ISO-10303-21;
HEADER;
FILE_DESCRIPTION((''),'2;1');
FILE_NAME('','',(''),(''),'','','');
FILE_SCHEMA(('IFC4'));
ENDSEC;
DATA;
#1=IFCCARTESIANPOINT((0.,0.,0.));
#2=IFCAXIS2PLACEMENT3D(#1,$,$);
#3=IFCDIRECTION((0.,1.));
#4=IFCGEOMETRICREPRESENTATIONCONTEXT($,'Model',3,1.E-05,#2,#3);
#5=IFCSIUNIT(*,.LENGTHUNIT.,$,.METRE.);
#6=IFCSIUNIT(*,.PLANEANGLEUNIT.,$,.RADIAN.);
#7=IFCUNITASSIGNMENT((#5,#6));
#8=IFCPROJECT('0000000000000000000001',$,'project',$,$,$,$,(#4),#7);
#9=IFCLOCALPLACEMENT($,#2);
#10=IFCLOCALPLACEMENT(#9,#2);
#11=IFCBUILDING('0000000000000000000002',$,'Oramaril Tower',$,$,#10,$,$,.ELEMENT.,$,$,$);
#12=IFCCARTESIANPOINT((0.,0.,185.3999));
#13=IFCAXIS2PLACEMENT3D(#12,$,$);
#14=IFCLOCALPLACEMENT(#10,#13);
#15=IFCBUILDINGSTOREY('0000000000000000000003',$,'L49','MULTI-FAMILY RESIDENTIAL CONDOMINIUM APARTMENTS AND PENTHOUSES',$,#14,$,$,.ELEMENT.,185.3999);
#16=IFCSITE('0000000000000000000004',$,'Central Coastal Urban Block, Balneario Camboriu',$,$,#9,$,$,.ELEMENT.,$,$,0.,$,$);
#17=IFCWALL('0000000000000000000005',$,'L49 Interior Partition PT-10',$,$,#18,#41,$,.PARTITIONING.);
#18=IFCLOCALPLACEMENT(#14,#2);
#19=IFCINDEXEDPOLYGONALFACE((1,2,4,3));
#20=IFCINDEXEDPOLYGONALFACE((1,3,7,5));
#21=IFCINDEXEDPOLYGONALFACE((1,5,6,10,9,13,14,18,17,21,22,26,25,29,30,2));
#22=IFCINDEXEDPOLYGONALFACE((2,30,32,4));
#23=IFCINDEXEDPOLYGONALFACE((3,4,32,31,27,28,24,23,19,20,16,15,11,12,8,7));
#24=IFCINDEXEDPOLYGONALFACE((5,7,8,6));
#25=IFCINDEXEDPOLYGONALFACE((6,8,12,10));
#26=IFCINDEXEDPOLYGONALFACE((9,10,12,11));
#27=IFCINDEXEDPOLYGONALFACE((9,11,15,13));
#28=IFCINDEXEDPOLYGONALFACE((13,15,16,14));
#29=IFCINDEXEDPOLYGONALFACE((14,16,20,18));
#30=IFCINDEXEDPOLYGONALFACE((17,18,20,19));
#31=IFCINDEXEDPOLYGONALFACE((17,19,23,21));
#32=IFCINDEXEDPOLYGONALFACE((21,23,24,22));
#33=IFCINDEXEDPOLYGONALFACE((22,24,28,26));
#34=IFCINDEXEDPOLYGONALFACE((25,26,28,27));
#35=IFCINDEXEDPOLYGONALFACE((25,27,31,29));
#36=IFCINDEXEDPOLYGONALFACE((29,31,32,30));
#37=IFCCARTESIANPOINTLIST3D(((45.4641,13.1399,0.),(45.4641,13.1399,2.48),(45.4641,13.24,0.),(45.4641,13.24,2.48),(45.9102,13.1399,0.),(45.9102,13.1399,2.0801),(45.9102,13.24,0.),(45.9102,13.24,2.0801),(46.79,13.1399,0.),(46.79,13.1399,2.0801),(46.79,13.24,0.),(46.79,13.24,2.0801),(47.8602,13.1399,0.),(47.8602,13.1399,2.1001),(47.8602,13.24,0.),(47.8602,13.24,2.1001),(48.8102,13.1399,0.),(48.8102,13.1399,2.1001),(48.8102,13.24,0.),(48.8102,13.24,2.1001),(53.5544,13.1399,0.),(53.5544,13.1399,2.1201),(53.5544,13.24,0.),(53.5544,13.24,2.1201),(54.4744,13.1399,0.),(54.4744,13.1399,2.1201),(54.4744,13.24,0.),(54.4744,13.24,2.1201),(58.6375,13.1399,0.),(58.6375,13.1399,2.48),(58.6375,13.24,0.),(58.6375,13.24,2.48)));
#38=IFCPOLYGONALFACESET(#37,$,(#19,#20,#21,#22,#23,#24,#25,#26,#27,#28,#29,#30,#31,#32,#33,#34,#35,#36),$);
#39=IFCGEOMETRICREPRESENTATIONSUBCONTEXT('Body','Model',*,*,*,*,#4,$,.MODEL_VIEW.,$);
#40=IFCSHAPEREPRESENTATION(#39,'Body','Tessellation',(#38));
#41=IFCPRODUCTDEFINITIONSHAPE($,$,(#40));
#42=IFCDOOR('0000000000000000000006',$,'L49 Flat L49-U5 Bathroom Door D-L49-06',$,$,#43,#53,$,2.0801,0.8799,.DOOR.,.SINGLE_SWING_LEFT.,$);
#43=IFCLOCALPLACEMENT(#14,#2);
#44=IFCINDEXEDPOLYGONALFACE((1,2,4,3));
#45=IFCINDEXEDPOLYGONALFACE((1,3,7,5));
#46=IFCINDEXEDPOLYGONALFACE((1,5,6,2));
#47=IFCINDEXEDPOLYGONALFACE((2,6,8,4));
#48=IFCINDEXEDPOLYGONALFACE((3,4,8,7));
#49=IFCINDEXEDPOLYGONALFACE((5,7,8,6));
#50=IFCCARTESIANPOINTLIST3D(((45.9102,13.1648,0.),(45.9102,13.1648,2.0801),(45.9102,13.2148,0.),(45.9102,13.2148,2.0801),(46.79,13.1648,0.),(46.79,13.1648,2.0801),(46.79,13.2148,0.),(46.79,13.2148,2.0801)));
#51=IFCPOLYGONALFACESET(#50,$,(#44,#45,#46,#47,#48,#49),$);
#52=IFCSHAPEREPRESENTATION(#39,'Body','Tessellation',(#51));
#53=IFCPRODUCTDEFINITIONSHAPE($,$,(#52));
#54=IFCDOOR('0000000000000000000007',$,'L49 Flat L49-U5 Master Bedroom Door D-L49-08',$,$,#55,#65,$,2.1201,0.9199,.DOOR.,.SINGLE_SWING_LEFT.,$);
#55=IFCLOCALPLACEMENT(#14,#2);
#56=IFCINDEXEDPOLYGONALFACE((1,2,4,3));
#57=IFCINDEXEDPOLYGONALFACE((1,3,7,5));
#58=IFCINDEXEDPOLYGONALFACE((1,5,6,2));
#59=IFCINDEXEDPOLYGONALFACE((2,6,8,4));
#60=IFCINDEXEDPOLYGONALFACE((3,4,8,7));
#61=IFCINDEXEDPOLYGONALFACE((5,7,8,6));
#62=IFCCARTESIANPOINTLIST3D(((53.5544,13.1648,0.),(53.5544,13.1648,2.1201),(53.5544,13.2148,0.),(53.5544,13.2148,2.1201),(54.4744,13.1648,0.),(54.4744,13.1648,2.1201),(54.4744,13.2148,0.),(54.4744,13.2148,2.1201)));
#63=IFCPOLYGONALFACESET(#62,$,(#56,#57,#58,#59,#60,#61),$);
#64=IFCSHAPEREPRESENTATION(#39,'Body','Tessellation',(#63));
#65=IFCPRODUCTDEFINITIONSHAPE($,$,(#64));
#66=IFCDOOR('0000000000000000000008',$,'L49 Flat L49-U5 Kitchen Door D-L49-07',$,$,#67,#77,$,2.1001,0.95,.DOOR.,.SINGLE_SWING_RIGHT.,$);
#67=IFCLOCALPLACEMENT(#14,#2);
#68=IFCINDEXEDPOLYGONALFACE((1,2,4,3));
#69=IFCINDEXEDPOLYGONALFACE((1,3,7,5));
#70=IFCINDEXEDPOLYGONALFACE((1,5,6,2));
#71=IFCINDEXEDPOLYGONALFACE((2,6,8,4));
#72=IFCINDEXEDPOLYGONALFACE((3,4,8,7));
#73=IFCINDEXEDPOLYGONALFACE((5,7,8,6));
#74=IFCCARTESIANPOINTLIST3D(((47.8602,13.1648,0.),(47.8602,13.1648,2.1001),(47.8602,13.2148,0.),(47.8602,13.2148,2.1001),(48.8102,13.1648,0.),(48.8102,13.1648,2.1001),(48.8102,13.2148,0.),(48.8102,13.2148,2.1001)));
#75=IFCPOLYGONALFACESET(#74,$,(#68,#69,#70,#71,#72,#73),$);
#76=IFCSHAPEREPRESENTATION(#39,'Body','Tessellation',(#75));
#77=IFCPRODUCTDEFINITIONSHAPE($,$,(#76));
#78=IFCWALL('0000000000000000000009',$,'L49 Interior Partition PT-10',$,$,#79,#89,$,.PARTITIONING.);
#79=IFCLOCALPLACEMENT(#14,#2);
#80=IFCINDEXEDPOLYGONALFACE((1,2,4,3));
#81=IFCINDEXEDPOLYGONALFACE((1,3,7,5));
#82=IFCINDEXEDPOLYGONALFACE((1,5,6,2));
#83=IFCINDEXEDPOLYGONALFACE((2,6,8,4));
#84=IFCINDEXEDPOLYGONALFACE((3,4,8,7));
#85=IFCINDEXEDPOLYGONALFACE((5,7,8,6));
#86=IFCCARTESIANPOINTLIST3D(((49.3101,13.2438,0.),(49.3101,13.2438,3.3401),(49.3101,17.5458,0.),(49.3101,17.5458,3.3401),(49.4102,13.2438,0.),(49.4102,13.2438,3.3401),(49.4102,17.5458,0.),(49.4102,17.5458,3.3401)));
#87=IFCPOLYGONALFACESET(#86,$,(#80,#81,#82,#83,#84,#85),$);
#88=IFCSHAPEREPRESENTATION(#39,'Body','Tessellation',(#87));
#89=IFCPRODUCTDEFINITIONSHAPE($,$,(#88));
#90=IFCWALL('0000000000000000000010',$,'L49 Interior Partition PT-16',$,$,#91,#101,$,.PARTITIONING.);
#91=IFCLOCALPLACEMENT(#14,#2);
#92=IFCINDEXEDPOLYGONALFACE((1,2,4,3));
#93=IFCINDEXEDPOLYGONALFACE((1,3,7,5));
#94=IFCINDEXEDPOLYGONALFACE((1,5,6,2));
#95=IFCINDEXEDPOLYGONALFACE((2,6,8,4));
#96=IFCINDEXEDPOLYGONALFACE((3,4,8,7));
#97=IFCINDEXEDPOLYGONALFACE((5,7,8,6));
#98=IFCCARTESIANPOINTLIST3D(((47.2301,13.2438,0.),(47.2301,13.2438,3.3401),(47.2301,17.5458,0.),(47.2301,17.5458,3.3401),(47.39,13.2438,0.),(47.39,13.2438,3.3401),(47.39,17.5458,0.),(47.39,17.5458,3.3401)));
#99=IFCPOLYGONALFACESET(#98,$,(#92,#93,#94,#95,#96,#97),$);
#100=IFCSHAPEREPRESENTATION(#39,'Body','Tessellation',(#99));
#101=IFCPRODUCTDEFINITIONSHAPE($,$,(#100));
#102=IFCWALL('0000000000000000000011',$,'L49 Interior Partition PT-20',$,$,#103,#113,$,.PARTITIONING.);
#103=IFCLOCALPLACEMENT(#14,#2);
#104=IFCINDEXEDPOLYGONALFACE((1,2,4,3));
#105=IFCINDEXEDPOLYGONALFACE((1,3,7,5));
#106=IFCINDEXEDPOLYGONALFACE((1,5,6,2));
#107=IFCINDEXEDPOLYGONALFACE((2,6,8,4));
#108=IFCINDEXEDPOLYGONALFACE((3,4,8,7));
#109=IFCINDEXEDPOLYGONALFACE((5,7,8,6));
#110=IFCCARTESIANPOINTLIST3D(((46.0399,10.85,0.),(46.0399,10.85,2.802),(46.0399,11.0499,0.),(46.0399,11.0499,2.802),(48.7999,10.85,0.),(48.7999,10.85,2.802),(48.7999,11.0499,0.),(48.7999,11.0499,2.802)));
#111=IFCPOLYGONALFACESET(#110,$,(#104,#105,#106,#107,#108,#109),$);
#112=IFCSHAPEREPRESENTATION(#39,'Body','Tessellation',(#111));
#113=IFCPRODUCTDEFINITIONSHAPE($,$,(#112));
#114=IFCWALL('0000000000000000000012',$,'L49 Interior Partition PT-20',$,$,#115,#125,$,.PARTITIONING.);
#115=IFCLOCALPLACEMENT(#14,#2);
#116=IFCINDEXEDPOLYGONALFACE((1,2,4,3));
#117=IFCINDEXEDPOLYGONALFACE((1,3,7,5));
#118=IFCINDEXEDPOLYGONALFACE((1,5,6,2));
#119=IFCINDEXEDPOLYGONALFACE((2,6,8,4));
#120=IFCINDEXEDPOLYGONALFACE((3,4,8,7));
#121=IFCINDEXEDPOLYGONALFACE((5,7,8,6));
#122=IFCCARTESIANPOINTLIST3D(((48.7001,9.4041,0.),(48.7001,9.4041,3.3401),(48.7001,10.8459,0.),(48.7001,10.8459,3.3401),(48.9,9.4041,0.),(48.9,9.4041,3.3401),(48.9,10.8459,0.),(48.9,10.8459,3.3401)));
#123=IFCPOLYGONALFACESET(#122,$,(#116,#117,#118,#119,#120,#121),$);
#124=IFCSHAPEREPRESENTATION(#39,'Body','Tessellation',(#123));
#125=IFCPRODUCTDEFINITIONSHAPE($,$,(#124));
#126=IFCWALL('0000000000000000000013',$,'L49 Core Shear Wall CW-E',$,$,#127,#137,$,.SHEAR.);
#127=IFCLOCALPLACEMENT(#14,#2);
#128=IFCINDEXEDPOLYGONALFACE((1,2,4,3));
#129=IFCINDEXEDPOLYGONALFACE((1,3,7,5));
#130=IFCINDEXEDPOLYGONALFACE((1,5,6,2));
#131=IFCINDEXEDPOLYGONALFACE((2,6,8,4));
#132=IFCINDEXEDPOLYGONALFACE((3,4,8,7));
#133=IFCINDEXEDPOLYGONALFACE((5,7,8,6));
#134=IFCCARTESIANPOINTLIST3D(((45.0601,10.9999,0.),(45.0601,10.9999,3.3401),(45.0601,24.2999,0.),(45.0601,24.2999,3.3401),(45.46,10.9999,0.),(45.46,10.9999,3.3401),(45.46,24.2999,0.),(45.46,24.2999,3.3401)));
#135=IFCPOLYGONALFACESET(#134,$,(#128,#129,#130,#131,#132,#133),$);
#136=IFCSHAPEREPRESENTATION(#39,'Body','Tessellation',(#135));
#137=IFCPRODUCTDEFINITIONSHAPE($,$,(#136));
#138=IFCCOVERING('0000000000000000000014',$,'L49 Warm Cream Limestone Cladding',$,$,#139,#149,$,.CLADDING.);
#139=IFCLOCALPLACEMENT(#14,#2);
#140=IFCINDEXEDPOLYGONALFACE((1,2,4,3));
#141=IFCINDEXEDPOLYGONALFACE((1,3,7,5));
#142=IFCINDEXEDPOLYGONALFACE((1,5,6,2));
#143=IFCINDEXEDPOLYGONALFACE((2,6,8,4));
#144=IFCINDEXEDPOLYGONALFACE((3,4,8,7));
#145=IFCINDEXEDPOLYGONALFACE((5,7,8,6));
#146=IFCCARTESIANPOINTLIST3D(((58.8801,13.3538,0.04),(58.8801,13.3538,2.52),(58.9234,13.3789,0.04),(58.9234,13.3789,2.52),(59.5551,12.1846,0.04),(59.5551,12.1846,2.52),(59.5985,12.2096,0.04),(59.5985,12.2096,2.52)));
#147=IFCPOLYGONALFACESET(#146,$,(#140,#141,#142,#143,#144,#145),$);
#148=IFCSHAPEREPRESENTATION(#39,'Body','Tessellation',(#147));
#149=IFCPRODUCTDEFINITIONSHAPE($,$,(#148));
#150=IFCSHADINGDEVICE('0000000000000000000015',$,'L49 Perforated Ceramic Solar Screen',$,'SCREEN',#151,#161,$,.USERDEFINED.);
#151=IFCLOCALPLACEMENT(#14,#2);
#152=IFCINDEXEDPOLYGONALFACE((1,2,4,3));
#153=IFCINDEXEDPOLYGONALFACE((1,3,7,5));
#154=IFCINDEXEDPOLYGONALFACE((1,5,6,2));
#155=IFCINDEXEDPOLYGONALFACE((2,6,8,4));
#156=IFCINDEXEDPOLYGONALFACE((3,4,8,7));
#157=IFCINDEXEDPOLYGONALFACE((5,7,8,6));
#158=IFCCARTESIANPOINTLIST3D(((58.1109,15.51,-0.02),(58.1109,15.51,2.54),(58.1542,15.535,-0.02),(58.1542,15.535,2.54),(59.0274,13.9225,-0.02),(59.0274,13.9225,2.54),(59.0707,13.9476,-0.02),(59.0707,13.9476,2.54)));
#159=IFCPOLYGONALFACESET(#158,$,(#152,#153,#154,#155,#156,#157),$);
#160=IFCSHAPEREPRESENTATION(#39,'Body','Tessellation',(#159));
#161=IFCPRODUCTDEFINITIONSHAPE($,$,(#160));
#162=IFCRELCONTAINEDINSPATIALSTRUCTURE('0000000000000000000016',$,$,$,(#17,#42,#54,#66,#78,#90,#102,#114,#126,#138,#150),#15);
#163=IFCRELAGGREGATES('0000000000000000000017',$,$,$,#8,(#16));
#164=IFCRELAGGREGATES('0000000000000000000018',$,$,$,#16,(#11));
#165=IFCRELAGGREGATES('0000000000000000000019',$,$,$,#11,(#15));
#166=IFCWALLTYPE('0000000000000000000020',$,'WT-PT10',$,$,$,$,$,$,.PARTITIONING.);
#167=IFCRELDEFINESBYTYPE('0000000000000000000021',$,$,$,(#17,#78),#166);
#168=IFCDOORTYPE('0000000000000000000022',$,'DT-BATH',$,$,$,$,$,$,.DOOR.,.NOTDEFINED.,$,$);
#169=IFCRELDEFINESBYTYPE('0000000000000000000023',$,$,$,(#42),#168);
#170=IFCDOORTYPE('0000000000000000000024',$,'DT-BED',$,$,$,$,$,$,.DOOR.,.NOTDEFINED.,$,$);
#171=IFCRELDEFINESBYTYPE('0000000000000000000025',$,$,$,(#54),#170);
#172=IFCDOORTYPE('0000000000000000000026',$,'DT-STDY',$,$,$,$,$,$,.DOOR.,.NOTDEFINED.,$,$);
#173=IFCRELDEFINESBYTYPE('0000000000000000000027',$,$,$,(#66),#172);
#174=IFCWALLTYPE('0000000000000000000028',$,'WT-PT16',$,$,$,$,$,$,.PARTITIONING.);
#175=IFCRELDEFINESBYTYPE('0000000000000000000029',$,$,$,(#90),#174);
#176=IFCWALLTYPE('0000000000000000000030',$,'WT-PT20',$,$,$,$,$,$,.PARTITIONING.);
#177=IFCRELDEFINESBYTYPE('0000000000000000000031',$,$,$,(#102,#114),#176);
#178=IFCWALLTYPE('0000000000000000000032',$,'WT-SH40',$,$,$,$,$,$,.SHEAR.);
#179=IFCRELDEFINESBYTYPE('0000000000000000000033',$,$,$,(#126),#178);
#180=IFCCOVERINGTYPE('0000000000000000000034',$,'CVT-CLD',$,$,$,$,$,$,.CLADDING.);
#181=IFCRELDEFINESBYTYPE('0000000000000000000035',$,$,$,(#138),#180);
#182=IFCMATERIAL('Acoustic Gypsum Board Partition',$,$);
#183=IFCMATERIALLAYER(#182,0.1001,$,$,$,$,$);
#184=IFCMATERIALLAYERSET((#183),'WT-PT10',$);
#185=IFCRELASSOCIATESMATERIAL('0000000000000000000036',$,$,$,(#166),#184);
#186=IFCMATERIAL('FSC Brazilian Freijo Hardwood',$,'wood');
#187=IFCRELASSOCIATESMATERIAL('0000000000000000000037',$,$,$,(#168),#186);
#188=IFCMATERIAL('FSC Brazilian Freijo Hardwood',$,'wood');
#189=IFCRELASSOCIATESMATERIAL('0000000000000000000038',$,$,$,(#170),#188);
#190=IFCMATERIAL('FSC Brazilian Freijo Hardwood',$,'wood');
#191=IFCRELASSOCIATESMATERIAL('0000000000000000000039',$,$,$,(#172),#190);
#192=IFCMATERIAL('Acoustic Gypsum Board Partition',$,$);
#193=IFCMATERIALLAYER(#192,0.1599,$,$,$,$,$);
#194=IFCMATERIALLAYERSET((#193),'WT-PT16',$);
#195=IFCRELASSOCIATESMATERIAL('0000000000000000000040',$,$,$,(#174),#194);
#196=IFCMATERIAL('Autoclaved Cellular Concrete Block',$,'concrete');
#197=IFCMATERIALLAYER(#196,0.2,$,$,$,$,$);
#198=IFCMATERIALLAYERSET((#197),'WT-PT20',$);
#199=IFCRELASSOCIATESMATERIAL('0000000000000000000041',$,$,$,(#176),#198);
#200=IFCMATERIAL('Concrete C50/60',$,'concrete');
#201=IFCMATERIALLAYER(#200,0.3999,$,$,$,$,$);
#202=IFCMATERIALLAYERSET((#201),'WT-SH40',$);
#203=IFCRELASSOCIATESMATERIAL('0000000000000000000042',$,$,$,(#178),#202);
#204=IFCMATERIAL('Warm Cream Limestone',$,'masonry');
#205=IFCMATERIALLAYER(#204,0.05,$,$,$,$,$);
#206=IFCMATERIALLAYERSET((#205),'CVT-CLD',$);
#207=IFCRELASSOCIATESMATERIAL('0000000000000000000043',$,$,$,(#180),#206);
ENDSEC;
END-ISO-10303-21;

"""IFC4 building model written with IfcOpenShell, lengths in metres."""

from ifc_helpers import new_model, si_unit, direction, frame, frame_2d, origin, origin_2d, place, context, subcontext, project, spatial, rectangle, extrude, material, layer, layer_set, type_object, element, fill, save


model = new_model("IFC4")

# Units and contexts
model_context = context("Model", 3, precision=1e-05, world=origin(), true_north=direction((0.0, 1.0)))
body_context = subcontext(model_context, "Body", "Model", "MODEL_VIEW")
ifc_project = project(units=[si_unit("LENGTHUNIT", "METRE"), si_unit("PLANEANGLEUNIT", "RADIAN")], contexts=[model_context])

# Site, building, storey
site_placement = place(None, origin())
site = spatial("IfcSite", under=ifc_project, at=site_placement, Name="Central Coastal Urban Block, Balneario Camboriu", CompositionType="ELEMENT", RefElevation=0.0)
building_placement = place(site_placement, origin())
building = spatial("IfcBuilding", under=site, at=building_placement, Name="Oramaril Tower", CompositionType="ELEMENT")
storey_placement = place(building_placement, frame((0.0, 0.0, 185.3999)))
storey = spatial("IfcBuildingStorey", under=building, at=storey_placement, Name="L49", Description="MULTI-FAMILY RESIDENTIAL CONDOMINIUM APARTMENTS AND PENTHOUSES", CompositionType="ELEMENT", Elevation=185.3999)

# Wall, openings, doors
ifc_material_1 = material(Name="Acoustic Gypsum Board Partition")
ifc_layer_1 = layer(ifc_material_1, 0.1001)
ifc_layer_set_1 = layer_set([ifc_layer_1], Name="WT-PT10")
wall_type_1 = type_object("IfcWallType", Name="WT-PT10", PredefinedType="PARTITIONING", material=ifc_layer_set_1)
wall_1_placement = place(storey_placement, frame((45.4641, 13.1899, 0.0), z_axis=(0.0, 0.0, 1.0), x_axis=(1.0, 0.0, 0.0)))
wall_1 = element("IfcWall", 1, at=wall_1_placement, inside=storey, type_object=wall_type_1, Name="L49 Interior Partition PT-10", PredefinedType="PARTITIONING", context=body_context, shape_type="SweptSolid", body=[
    extrude(rectangle(XDim=13.1733, YDim=0.1001, at=frame_2d((6.5867, 0.0))), origin(), (0.0, 0.0, 1.0), 2.48),
])
opening_1_placement = place(wall_1_placement, frame((0.446, 0.0, 0.0)))
opening_1 = element("IfcOpeningElement", 2, at=opening_1_placement, cuts=wall_1, PredefinedType="OPENING", context=body_context, shape_type="SweptSolid", body=[
    extrude(rectangle(XDim=0.8799, YDim=2.0801, at=frame_2d((0.4399, 1.04))), frame((0.0, 0.05, 0.0), z_axis=(0.0, -1.0, 0.0), x_axis=(1.0, 0.0, 0.0)), (0.0, 0.0, 1.0), 0.1001),
])
opening_2_placement = place(wall_1_placement, frame((2.396, 0.0, 0.0)))
opening_2 = element("IfcOpeningElement", 3, at=opening_2_placement, cuts=wall_1, PredefinedType="OPENING", context=body_context, shape_type="SweptSolid", body=[
    extrude(rectangle(XDim=0.95, YDim=2.1001, at=frame_2d((0.4751, 1.05))), frame((0.0, 0.05, 0.0), z_axis=(0.0, -1.0, 0.0), x_axis=(1.0, 0.0, 0.0)), (0.0, 0.0, 1.0), 0.1001),
])
opening_3_placement = place(wall_1_placement, frame((8.0903, 0.0, 0.0)))
opening_3 = element("IfcOpeningElement", 4, at=opening_3_placement, cuts=wall_1, PredefinedType="OPENING", context=body_context, shape_type="SweptSolid", body=[
    extrude(rectangle(XDim=0.9199, YDim=2.1201, at=frame_2d((0.46, 1.0601))), frame((0.0, 0.05, 0.0), z_axis=(0.0, -1.0, 0.0), x_axis=(1.0, 0.0, 0.0)), (0.0, 0.0, 1.0), 0.1001),
])
ifc_material_2 = material(Name="FSC Brazilian Freijo Hardwood", Category="wood")
door_type_1 = type_object("IfcDoorType", Name="DT-BATH", OperationType="NOTDEFINED", PredefinedType="DOOR", material=ifc_material_2)
door_1_placement = place(opening_1_placement, origin())
door_1 = element("IfcDoor", 5, at=door_1_placement, inside=storey, type_object=door_type_1, Name="L49 Flat L49-U5 Bathroom Door D-L49-06", OperationType="SINGLE_SWING_LEFT", OverallHeight=2.0801, OverallWidth=0.8799, PredefinedType="DOOR", context=body_context, shape_type="SweptSolid", body=[
    extrude(rectangle(XDim=0.8799, YDim=2.0801, at=frame_2d((0.4399, 1.04))), frame((0.0, 0.0249, 0.0), z_axis=(0.0, -1.0, 0.0), x_axis=(1.0, 0.0, 0.0)), (0.0, 0.0, 1.0), 0.05),
])
fill(opening_1, door_1)
ifc_material_3 = material(Name="FSC Brazilian Freijo Hardwood", Category="wood")
door_type_2 = type_object("IfcDoorType", Name="DT-BED", OperationType="NOTDEFINED", PredefinedType="DOOR", material=ifc_material_3)
door_2_placement = place(opening_3_placement, origin())
door_2 = element("IfcDoor", 6, at=door_2_placement, inside=storey, type_object=door_type_2, Name="L49 Flat L49-U5 Master Bedroom Door D-L49-08", OperationType="SINGLE_SWING_LEFT", OverallHeight=2.1201, OverallWidth=0.9199, PredefinedType="DOOR", context=body_context, shape_type="SweptSolid", body=[
    extrude(rectangle(XDim=0.9199, YDim=2.1201, at=frame_2d((0.46, 1.0601))), frame((0.0, 0.0249, 0.0), z_axis=(0.0, -1.0, 0.0), x_axis=(1.0, 0.0, 0.0)), (0.0, 0.0, 1.0), 0.05),
])
fill(opening_3, door_2)
ifc_material_4 = material(Name="FSC Brazilian Freijo Hardwood", Category="wood")
door_type_3 = type_object("IfcDoorType", Name="DT-STDY", OperationType="NOTDEFINED", PredefinedType="DOOR", material=ifc_material_4)
door_3_placement = place(opening_2_placement, origin())
door_3 = element("IfcDoor", 7, at=door_3_placement, inside=storey, type_object=door_type_3, Name="L49 Flat L49-U5 Kitchen Door D-L49-07", OperationType="SINGLE_SWING_RIGHT", OverallHeight=2.1001, OverallWidth=0.95, PredefinedType="DOOR", context=body_context, shape_type="SweptSolid", body=[
    extrude(rectangle(XDim=0.95, YDim=2.1001, at=frame_2d((0.4751, 1.05))), frame((0.0, 0.0249, 0.0), z_axis=(0.0, -1.0, 0.0), x_axis=(1.0, 0.0, 0.0)), (0.0, 0.0, 1.0), 0.05),
])
fill(opening_2, door_3)

# Walls
wall_2_placement = place(storey_placement, frame((49.3601, 13.2439, 0.0), z_axis=(0.0, 0.0, 1.0), x_axis=(0.0, 1.0, 0.0)))
element("IfcWall", 8, at=wall_2_placement, inside=storey, type_object=wall_type_1, Name="L49 Interior Partition PT-10", PredefinedType="PARTITIONING", context=body_context, shape_type="SweptSolid", body=[
    extrude(rectangle(XDim=4.302, YDim=0.1001, at=frame_2d((2.1509, 0.0))), origin(), (0.0, 0.0, 1.0), 3.3401),
])
ifc_material_5 = material(Name="Acoustic Gypsum Board Partition")
ifc_layer_2 = layer(ifc_material_5, 0.1599)
ifc_layer_set_2 = layer_set([ifc_layer_2], Name="WT-PT16")
wall_type_2 = type_object("IfcWallType", Name="WT-PT16", PredefinedType="PARTITIONING", material=ifc_layer_set_2)
wall_3_placement = place(storey_placement, frame((47.3101, 13.2439, 0.0), z_axis=(0.0, 0.0, 1.0), x_axis=(0.0, 1.0, 0.0)))
element("IfcWall", 9, at=wall_3_placement, inside=storey, type_object=wall_type_2, Name="L49 Interior Partition PT-16", PredefinedType="PARTITIONING", context=body_context, shape_type="SweptSolid", body=[
    extrude(rectangle(XDim=4.302, YDim=0.1599, at=frame_2d((2.1509, 0.0))), origin(), (0.0, 0.0, 1.0), 3.3401),
])
ifc_material_6 = material(Name="Autoclaved Cellular Concrete Block", Category="concrete")
ifc_layer_3 = layer(ifc_material_6, 0.2)
ifc_layer_set_3 = layer_set([ifc_layer_3], Name="WT-PT20")
wall_type_3 = type_object("IfcWallType", Name="WT-PT20", PredefinedType="PARTITIONING", material=ifc_layer_set_3)
wall_4_placement = place(storey_placement, frame((46.04, 10.95, 0.0), z_axis=(0.0, 0.0, 1.0), x_axis=(1.0, 0.0, 0.0)))
element("IfcWall", 10, at=wall_4_placement, inside=storey, type_object=wall_type_3, Name="L49 Interior Partition PT-20", PredefinedType="PARTITIONING", context=body_context, shape_type="SweptSolid", body=[
    extrude(rectangle(XDim=2.76, YDim=0.2, at=frame_2d((1.3799, 0.0))), origin(), (0.0, 0.0, 1.0), 2.802),
])
wall_5_placement = place(storey_placement, frame((48.8, 9.4041, 0.0), z_axis=(0.0, 0.0, 1.0), x_axis=(0.0, 1.0, 0.0)))
element("IfcWall", 11, at=wall_5_placement, inside=storey, type_object=wall_type_3, Name="L49 Interior Partition PT-20", PredefinedType="PARTITIONING", context=body_context, shape_type="SweptSolid", body=[
    extrude(rectangle(XDim=1.4419, YDim=0.2, at=frame_2d((0.7209, 0.0))), origin(), (0.0, 0.0, 1.0), 3.3401),
])
ifc_material_7 = material(Name="Concrete C50/60", Category="concrete")
ifc_layer_4 = layer(ifc_material_7, 0.3999)
ifc_layer_set_4 = layer_set([ifc_layer_4], Name="WT-SH40")
wall_type_4 = type_object("IfcWallType", Name="WT-SH40", PredefinedType="SHEAR", material=ifc_layer_set_4)
wall_6_placement = place(storey_placement, frame((45.26, 11.0, 0.0), z_axis=(0.0, 0.0, 1.0), x_axis=(0.0, 1.0, 0.0)))
element("IfcWall", 12, at=wall_6_placement, inside=storey, type_object=wall_type_4, Name="L49 Core Shear Wall CW-E", PredefinedType="SHEAR", context=body_context, shape_type="SweptSolid", body=[
    extrude(rectangle(XDim=13.3, YDim=0.3999, at=frame_2d((6.6499, 0.0))), origin(), (0.0, 0.0, 1.0), 3.3401),
])

# Covering
ifc_material_8 = material(Name="Warm Cream Limestone", Category="masonry")
ifc_layer_5 = layer(ifc_material_8, 0.05)
ifc_layer_set_5 = layer_set([ifc_layer_5], Name="CVT-CLD")
covering_type = type_object("IfcCoveringType", Name="CVT-CLD", PredefinedType="CLADDING", material=ifc_layer_set_5)
covering_placement = place(storey_placement, frame((59.2393, 12.7817, 0.04), z_axis=(0.0, 0.0, 1.0), x_axis=(-0.5, 0.866025, 0.0)))
element("IfcCovering", 13, at=covering_placement, inside=storey, type_object=covering_type, Name="L49 Warm Cream Limestone Cladding", PredefinedType="CLADDING", context=body_context, shape_type="SweptSolid", body=[
    extrude(rectangle(XDim=1.3501, YDim=0.05, at=origin_2d()), origin(), (0.0, 0.0, 1.0), 2.48),
])

# Shading device
shading_device_placement = place(storey_placement, frame((58.5908, 14.7288, -0.02), z_axis=(0.0, 0.0, 1.0), x_axis=(-0.5, 0.866025, 0.0)))
element("IfcShadingDevice", 14, at=shading_device_placement, inside=storey, Name="L49 Perforated Ceramic Solar Screen", ObjectType="SCREEN", PredefinedType="USERDEFINED", context=body_context, shape_type="SweptSolid", body=[
    extrude(rectangle(XDim=1.833, YDim=0.05, at=origin_2d()), origin(), (0.0, 0.0, 1.0), 2.5601),
])

save(model, "model.ifc")
